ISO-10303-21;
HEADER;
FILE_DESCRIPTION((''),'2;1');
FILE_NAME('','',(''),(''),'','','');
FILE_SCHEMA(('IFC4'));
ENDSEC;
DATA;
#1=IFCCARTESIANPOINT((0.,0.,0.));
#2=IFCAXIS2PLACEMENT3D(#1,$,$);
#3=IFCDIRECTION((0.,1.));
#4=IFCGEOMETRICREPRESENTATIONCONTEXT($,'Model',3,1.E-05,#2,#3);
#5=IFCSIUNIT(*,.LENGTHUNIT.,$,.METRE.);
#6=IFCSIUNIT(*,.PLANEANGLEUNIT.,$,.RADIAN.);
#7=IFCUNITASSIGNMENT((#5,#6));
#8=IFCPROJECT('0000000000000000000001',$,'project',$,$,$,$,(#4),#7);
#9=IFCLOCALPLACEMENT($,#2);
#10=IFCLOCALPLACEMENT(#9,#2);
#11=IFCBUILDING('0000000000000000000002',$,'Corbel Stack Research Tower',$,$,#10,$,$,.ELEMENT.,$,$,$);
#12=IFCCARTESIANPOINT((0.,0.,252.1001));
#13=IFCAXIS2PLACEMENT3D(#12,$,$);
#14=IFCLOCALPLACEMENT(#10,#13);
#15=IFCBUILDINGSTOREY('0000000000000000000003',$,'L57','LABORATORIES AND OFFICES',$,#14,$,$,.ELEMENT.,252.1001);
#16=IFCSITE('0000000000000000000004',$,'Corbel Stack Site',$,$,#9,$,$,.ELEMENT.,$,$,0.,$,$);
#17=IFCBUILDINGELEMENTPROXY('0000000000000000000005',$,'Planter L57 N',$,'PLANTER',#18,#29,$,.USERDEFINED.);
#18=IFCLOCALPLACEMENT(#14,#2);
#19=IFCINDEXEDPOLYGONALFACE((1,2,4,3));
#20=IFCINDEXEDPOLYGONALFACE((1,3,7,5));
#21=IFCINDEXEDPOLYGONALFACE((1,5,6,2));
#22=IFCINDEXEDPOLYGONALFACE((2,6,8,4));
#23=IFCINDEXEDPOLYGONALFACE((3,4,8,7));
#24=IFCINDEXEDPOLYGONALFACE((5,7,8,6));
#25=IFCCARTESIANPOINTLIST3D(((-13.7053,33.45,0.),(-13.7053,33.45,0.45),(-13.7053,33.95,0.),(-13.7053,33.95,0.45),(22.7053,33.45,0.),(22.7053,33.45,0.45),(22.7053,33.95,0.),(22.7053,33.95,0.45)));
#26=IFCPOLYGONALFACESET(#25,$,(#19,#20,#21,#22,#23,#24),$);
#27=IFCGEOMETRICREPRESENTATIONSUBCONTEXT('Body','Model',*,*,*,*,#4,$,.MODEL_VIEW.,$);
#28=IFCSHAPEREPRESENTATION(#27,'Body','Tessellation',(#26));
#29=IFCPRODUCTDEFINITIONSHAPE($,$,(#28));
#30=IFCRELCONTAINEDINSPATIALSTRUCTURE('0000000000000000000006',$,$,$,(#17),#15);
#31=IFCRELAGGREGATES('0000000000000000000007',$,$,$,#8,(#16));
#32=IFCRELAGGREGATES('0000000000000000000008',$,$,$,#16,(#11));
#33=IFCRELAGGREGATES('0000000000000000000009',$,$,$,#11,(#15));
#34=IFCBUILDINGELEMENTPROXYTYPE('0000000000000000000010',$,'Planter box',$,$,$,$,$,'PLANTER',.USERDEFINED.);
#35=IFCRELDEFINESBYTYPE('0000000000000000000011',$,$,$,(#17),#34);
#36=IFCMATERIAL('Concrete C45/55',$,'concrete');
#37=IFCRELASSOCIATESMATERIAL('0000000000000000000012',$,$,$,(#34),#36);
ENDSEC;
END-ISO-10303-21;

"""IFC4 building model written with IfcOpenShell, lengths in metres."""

from ifc_helpers import new_model, si_unit, direction, frame, origin, origin_2d, place, context, subcontext, project, spatial, rectangle, extrude, material, type_object, element, save


model = new_model("IFC4")

# Units and contexts
model_context = context("Model", 3, precision=1e-05, world=origin(), true_north=direction((0.0, 1.0)))
body_context = subcontext(model_context, "Body", "Model", "MODEL_VIEW")
ifc_project = project(units=[si_unit("LENGTHUNIT", "METRE"), si_unit("PLANEANGLEUNIT", "RADIAN")], contexts=[model_context])

# Site, building, storey
site_placement = place(None, origin())
site = spatial("IfcSite", under=ifc_project, at=site_placement, Name="Corbel Stack Site", CompositionType="ELEMENT", RefElevation=0.0)
building_placement = place(site_placement, origin())
building = spatial("IfcBuilding", under=site, at=building_placement, Name="Corbel Stack Research Tower", CompositionType="ELEMENT")
storey_placement = place(building_placement, frame((0.0, 0.0, 252.1001)))
storey = spatial("IfcBuildingStorey", under=building, at=storey_placement, Name="L57", Description="LABORATORIES AND OFFICES", CompositionType="ELEMENT", Elevation=252.1001)

# Building element proxy
ifc_material_1 = material(Name="Concrete C45/55", Category="concrete")
building_element_proxy_type = type_object("IfcBuildingElementProxyType", Name="Planter box", ElementType="PLANTER", PredefinedType="USERDEFINED", material=ifc_material_1)
proxy_placement = place(storey_placement, frame((4.5, 33.7, 0.0), z_axis=(0.0, 0.0, 1.0), x_axis=(-1.0, 0.0, 0.0)))
element("IfcBuildingElementProxy", 1, at=proxy_placement, inside=storey, type_object=building_element_proxy_type, Name="Planter L57 N", ObjectType="PLANTER", PredefinedType="USERDEFINED", context=body_context, shape_type="SweptSolid", body=[
    extrude(rectangle(XDim=36.4106, YDim=0.5, at=origin_2d()), origin(), (0.0, 0.0, 1.0), 0.45),
])

save(model, "model.ifc")
